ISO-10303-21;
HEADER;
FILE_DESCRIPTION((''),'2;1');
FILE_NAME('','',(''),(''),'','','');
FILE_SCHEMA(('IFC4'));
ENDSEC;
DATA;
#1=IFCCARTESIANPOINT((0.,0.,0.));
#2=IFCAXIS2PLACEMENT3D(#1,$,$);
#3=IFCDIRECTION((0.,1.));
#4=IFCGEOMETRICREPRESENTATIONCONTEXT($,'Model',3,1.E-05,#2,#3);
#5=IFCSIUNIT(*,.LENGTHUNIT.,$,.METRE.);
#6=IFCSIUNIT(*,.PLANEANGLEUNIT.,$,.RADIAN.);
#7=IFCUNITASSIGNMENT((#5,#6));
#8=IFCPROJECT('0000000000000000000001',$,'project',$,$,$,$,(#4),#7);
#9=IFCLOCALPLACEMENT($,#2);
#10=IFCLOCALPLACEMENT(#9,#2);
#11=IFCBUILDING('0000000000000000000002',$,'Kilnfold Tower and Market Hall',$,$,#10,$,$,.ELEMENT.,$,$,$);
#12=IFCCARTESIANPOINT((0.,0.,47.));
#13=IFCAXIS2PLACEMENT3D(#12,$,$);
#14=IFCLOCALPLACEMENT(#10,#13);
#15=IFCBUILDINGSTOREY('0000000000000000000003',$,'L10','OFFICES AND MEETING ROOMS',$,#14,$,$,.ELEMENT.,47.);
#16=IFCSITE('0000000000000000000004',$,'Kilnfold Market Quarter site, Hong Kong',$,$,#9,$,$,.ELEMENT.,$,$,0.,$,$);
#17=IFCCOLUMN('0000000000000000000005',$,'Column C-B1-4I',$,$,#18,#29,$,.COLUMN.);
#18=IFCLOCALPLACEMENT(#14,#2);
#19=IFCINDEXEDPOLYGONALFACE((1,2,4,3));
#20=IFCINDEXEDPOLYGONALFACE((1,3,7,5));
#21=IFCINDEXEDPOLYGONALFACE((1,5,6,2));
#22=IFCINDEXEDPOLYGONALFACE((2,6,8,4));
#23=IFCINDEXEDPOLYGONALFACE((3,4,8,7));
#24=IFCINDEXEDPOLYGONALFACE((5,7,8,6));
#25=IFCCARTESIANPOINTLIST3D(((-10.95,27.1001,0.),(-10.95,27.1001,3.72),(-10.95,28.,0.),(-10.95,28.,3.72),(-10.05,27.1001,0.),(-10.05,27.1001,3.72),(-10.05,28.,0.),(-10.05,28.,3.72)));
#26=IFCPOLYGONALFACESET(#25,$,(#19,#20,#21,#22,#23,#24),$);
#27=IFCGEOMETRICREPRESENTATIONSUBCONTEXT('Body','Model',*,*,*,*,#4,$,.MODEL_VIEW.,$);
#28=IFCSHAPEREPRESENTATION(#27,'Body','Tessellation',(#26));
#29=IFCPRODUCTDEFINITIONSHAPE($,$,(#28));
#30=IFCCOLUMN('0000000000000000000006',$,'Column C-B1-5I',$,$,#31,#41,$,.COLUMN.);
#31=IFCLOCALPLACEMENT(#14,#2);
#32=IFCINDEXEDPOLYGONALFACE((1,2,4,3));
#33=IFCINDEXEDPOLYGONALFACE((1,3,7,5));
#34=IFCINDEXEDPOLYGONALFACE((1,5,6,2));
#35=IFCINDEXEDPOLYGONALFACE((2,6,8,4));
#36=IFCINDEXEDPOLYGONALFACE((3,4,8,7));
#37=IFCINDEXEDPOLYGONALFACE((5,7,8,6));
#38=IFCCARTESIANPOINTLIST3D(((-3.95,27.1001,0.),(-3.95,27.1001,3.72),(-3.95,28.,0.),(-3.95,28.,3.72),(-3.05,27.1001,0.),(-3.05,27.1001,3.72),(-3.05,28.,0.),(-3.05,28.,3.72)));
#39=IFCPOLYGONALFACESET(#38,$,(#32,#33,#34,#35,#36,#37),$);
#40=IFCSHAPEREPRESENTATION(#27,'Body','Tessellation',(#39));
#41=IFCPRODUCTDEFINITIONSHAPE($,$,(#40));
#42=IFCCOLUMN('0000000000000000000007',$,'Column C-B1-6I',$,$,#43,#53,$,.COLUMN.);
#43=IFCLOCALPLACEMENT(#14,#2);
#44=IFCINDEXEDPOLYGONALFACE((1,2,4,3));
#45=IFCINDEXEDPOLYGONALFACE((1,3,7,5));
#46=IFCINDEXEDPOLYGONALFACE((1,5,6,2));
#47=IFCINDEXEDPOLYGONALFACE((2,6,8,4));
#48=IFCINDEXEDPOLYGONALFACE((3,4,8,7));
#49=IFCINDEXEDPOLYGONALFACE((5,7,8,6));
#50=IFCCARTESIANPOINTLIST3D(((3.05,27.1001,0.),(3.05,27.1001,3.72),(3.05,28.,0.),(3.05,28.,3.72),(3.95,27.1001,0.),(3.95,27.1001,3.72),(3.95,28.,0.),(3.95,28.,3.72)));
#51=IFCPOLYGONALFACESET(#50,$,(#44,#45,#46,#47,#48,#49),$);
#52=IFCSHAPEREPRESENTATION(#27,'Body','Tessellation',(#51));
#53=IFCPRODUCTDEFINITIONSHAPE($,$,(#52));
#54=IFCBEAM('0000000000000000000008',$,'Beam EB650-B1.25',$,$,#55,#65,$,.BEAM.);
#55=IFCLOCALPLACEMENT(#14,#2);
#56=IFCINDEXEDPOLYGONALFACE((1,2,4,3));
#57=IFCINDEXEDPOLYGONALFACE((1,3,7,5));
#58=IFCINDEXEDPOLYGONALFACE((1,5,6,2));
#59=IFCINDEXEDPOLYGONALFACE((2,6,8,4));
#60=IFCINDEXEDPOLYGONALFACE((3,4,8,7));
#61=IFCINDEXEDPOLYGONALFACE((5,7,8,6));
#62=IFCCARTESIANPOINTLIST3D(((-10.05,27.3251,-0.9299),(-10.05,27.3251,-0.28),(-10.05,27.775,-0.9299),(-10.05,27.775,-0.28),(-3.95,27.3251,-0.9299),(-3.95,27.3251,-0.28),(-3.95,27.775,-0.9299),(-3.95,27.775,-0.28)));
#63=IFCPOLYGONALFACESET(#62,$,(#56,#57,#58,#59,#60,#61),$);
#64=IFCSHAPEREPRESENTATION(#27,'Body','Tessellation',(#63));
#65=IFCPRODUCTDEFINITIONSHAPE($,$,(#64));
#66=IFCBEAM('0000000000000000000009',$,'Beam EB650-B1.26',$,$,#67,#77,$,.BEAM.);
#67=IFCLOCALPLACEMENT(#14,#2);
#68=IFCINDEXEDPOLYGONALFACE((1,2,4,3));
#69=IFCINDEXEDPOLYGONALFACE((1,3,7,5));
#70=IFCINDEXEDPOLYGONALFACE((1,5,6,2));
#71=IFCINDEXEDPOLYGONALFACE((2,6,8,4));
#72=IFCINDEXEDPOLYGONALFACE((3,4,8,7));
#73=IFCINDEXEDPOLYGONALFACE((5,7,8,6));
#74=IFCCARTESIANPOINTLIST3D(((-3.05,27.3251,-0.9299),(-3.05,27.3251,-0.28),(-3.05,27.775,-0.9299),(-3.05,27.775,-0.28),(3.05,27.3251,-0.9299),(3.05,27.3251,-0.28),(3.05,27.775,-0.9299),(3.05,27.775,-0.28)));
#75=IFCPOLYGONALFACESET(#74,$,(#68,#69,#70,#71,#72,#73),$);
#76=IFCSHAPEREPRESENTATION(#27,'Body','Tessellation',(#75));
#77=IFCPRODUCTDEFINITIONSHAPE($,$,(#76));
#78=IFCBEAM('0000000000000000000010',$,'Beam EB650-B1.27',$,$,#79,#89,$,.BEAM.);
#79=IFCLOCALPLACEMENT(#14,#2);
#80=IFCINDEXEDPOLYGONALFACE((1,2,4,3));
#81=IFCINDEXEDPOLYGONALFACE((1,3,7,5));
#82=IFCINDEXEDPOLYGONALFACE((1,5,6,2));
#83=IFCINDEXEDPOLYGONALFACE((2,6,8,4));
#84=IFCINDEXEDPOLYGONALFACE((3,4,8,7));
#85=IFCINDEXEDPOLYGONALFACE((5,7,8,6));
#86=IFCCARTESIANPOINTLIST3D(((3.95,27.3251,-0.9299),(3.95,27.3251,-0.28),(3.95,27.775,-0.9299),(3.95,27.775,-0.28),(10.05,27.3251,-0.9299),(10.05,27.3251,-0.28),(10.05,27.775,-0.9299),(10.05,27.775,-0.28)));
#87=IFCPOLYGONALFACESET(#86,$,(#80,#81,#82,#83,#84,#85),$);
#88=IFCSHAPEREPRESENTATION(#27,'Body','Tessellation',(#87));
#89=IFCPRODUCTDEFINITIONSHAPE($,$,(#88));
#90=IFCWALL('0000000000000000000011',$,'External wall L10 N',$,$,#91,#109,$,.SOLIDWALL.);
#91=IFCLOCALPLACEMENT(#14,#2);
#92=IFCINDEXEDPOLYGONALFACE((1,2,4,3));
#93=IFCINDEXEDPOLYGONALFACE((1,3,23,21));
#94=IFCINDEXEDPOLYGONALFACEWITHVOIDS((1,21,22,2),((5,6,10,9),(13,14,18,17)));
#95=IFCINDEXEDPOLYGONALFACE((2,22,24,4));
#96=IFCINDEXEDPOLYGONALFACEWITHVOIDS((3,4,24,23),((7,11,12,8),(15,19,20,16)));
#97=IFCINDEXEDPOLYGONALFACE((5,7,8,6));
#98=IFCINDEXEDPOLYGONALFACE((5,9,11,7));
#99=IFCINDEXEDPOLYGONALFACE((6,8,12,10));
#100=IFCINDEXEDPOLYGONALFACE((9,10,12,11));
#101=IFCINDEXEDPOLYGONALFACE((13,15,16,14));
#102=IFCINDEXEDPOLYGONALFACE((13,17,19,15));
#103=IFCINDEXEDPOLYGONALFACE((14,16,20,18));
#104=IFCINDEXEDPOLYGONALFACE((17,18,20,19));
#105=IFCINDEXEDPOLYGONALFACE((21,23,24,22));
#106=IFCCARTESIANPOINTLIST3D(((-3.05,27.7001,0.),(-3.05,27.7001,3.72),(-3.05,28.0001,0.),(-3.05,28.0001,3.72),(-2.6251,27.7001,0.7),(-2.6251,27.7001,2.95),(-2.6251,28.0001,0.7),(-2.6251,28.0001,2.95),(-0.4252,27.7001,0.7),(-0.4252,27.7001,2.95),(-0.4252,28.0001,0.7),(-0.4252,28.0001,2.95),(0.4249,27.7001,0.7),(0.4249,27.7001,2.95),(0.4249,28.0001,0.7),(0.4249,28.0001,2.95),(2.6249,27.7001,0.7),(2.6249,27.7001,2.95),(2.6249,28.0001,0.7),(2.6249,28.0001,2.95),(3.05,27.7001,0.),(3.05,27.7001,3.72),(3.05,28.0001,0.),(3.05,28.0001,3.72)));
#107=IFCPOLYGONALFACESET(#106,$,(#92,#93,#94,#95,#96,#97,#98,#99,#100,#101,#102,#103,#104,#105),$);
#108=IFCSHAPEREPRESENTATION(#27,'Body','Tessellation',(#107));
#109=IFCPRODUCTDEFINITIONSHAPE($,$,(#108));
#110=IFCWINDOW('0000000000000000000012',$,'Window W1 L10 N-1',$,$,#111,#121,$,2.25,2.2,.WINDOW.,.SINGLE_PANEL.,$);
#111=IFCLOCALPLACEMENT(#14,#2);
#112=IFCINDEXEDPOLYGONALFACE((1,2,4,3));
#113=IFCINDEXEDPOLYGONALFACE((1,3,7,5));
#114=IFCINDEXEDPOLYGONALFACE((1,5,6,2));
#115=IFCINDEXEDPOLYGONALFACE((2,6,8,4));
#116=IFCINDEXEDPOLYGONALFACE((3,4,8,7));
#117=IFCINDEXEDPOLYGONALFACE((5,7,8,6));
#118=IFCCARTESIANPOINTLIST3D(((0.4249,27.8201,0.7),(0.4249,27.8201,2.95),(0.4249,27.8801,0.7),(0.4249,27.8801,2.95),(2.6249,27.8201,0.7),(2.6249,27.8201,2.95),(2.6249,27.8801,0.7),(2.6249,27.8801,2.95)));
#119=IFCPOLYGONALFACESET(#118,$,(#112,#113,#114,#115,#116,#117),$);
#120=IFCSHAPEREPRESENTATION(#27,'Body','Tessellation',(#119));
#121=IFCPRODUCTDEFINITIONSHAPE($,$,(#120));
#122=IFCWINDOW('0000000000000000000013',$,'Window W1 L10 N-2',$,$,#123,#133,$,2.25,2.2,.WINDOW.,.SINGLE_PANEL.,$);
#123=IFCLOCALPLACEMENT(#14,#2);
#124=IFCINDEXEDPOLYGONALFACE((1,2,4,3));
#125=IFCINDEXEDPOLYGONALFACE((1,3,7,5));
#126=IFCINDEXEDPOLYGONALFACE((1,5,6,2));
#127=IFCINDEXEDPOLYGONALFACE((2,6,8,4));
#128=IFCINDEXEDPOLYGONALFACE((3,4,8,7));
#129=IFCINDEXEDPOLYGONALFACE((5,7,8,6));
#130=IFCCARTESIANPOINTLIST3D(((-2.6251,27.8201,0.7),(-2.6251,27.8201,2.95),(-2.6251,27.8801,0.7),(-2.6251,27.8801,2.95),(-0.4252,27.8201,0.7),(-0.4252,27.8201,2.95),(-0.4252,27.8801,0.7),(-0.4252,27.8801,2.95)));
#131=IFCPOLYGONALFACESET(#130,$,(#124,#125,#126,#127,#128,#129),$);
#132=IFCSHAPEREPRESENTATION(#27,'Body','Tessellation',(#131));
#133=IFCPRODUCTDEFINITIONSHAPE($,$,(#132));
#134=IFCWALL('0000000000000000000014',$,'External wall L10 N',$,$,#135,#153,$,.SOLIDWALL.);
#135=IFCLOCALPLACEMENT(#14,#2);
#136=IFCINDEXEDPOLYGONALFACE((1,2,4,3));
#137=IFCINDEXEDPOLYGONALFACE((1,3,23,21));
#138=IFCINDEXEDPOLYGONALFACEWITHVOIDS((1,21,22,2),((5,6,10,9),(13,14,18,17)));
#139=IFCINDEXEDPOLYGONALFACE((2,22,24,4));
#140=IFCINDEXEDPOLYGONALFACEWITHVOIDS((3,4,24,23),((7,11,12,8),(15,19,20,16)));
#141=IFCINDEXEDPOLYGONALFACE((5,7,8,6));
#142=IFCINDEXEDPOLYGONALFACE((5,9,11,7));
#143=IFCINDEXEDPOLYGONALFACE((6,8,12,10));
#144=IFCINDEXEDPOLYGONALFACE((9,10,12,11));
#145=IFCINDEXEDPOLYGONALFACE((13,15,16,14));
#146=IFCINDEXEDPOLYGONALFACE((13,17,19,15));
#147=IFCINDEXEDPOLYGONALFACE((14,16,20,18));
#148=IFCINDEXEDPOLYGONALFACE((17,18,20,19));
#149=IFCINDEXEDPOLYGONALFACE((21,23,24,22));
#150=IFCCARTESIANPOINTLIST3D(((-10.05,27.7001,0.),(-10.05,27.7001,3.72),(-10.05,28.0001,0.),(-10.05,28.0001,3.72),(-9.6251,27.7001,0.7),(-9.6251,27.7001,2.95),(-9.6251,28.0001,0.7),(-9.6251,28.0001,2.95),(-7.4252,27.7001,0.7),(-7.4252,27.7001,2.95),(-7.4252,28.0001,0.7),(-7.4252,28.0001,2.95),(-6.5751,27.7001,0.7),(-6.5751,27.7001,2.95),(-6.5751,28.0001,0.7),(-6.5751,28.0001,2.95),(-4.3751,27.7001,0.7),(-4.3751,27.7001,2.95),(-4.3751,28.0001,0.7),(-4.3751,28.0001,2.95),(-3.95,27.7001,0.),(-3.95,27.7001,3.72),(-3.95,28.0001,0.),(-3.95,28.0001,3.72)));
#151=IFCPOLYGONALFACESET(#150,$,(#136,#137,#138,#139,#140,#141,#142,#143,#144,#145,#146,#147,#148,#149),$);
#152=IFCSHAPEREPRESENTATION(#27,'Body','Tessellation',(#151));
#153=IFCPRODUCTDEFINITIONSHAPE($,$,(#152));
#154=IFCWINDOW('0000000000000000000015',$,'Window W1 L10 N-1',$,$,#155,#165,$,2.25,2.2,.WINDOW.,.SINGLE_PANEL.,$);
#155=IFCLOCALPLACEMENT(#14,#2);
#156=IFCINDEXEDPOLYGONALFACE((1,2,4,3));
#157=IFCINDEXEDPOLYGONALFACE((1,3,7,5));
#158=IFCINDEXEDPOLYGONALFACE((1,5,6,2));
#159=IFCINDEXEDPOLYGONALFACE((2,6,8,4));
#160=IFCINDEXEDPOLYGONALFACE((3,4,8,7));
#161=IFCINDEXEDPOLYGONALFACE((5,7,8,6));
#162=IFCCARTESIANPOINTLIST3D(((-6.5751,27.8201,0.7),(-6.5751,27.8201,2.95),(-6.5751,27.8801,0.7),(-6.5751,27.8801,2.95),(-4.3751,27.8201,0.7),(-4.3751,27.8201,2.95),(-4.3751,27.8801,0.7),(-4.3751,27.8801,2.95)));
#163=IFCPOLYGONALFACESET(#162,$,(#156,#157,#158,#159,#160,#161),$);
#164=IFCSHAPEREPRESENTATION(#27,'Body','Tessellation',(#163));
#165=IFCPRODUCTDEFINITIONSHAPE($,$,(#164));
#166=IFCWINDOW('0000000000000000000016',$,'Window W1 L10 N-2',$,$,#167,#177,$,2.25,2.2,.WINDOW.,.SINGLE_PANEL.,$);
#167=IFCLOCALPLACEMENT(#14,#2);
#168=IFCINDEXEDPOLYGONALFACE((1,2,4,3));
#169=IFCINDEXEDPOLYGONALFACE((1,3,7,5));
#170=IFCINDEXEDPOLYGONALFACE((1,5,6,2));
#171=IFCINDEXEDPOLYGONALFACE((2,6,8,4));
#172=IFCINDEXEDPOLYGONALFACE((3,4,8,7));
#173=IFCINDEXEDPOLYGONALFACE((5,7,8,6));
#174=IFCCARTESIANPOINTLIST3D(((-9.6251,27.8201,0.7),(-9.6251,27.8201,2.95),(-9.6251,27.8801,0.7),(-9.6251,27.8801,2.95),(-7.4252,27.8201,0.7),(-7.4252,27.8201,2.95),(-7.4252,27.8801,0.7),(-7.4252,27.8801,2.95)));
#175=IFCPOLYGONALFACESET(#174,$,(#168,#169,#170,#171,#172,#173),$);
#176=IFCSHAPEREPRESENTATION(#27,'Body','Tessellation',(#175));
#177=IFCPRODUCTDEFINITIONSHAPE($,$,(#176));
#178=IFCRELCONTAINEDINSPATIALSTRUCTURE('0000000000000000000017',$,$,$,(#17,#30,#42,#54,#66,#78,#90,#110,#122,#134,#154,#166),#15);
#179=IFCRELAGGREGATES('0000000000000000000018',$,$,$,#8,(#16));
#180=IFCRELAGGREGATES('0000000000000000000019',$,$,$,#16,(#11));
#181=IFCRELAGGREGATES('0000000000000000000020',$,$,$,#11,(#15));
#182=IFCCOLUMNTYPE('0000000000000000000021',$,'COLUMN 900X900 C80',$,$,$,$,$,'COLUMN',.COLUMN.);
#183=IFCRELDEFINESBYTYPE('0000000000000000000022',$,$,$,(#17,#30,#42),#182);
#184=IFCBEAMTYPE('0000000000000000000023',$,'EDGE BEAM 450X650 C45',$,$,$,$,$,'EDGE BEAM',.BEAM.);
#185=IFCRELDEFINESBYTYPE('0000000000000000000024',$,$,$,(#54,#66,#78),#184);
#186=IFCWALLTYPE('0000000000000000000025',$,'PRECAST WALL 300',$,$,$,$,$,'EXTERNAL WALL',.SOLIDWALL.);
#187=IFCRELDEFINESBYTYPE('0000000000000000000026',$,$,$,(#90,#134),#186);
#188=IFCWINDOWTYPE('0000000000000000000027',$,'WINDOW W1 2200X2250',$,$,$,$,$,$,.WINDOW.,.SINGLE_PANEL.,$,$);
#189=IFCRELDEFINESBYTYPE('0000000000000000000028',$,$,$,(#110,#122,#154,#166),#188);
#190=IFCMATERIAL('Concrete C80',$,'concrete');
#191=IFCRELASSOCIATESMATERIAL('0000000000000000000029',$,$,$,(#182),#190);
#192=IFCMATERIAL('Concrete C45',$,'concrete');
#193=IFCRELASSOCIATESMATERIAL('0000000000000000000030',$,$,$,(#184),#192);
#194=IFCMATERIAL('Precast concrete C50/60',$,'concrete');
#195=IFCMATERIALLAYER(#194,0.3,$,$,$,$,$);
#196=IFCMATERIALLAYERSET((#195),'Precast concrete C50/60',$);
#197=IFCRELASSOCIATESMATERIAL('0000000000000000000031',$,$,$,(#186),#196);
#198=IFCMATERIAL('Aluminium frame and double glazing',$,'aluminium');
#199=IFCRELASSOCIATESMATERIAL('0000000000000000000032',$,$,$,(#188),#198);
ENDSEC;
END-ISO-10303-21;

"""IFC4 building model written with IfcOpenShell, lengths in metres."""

from ifc_helpers import new_model, si_unit, direction, frame, frame_2d, origin, origin_2d, place, context, subcontext, project, spatial, rectangle, extrude, source, transform, mapped, material, layer, layer_set, material_profile, profile_set, type_object, element, fill, save


model = new_model("IFC4")

# Units and contexts
model_context = context("Model", 3, precision=1e-05, world=origin(), true_north=direction((0.0, 1.0)))
body_context = subcontext(model_context, "Body", "Model", "MODEL_VIEW")
ifc_project = project(units=[si_unit("LENGTHUNIT", "METRE"), si_unit("PLANEANGLEUNIT", "RADIAN")], contexts=[model_context])

# Site, building, storey
site_placement = place(None, origin())
site = spatial("IfcSite", under=ifc_project, at=site_placement, Name="Kilnfold Market Quarter site, Hong Kong", CompositionType="ELEMENT", RefElevation=0.0)
building_placement = place(site_placement, origin())
building = spatial("IfcBuilding", under=site, at=building_placement, Name="Kilnfold Tower and Market Hall", CompositionType="ELEMENT")
storey_placement = place(building_placement, frame((0.0, 0.0, 47.0)))
storey = spatial("IfcBuildingStorey", under=building, at=storey_placement, Name="L10", Description="OFFICES AND MEETING ROOMS", CompositionType="ELEMENT", Elevation=47.0)

# Columns
ifc_material_1 = material(Name="Concrete C80", Category="concrete")
ifc_material_profile_1 = material_profile(ifc_material_1, rectangle(XDim=0.8999, YDim=0.8999, at=origin_2d()), Name="RC 900x900")
ifc_profile_set_1 = profile_set([ifc_material_profile_1], Name="Concrete C80")
column_type = type_object("IfcColumnType", Name="COLUMN 900X900 C80", ElementType="COLUMN", PredefinedType="COLUMN", material=ifc_profile_set_1)
shared_shape_1 = source(origin(), body_context, "Body", "SweptSolid", [
    extrude(rectangle(XDim=0.8999, YDim=0.8999, at=origin_2d()), origin(), (0.0, 0.0, 1.0), 3.72),
])
for number, where, z_axis, x_axis, name in (
    (1, (-10.5, 27.55, 0.0), (0.0, 0.0, 1.0), (1.0, 0.0, 0.0), "Column C-B1-4I"),
    (2, (-3.5, 27.55, 0.0), (0.0, 0.0, 1.0), (1.0, 0.0, 0.0), "Column C-B1-5I"),
    (3, (3.5, 27.55, 0.0), (0.0, 0.0, 1.0), (1.0, 0.0, 0.0), "Column C-B1-6I"),
):
    element("IfcColumn", number, at=place(storey_placement, frame(where, z_axis=z_axis, x_axis=x_axis)), inside=storey, type_object=column_type, Name=name, PredefinedType="COLUMN", context=body_context, shape_type="MappedRepresentation", body=[
        mapped(shared_shape_1, transform((0.0, 0.0, 0.0))),
    ])

# Beams
ifc_material_2 = material(Name="Concrete C45", Category="concrete")
ifc_material_profile_2 = material_profile(ifc_material_2, rectangle(XDim=0.45, YDim=0.6499, at=origin_2d()), Name="RC 450x650")
ifc_profile_set_2 = profile_set([ifc_material_profile_2], Name="Concrete C45")
beam_type = type_object("IfcBeamType", Name="EDGE BEAM 450X650 C45", ElementType="EDGE BEAM", PredefinedType="BEAM", material=ifc_profile_set_2)
shared_shape_2 = source(origin(), body_context, "Body", "SweptSolid", [
    extrude(rectangle(XDim=0.45, YDim=0.6499, at=origin_2d()), origin(), (0.0, 0.0, 1.0), 6.1001),
])
for number, where, z_axis, x_axis, name in (
    (4, (-10.05, 27.55, -0.605), (1.0, 0.0, 0.0), (0.0, 1.0, 0.0), "Beam EB650-B1.25"),
    (5, (-3.05, 27.55, -0.605), (1.0, 0.0, 0.0), (0.0, 1.0, 0.0), "Beam EB650-B1.26"),
    (6, (3.95, 27.55, -0.605), (1.0, 0.0, 0.0), (0.0, 1.0, 0.0), "Beam EB650-B1.27"),
):
    element("IfcBeam", number, at=place(storey_placement, frame(where, z_axis=z_axis, x_axis=x_axis)), inside=storey, type_object=beam_type, Name=name, PredefinedType="BEAM", context=body_context, shape_type="MappedRepresentation", body=[
        mapped(shared_shape_2, transform((0.0, 0.0, 0.0))),
    ])

# Walls, openings, windows
ifc_material_3 = material(Name="Precast concrete C50/60", Category="concrete")
ifc_layer_1 = layer(ifc_material_3, 0.3)
ifc_layer_set_1 = layer_set([ifc_layer_1], Name="Precast concrete C50/60")
wall_type_1 = type_object("IfcWallType", Name="PRECAST WALL 300", ElementType="EXTERNAL WALL", PredefinedType="SOLIDWALL", material=ifc_layer_set_1)
shared_shape_3 = source(origin(), body_context, "Body", "SweptSolid", [
    extrude(rectangle(XDim=6.1001, YDim=0.3, at=frame_2d((3.05, 0.0))), origin(), (0.0, 0.0, 1.0), 3.72),
])
wall_1_placement = place(storey_placement, frame((3.05, 27.8501, 0.0), z_axis=(0.0, 0.0, 1.0), x_axis=(-1.0, 0.0, 0.0)))
wall_1 = element("IfcWall", 7, at=wall_1_placement, inside=storey, type_object=wall_type_1, Name="External wall L10 N", PredefinedType="SOLIDWALL", context=body_context, shape_type="MappedRepresentation", body=[
    mapped(shared_shape_3, transform((0.0, 0.0, 0.0))),
])
opening_1_placement = place(wall_1_placement, frame((0.425, 0.0, 0.7)))
opening_1 = element("IfcOpeningElement", 8, at=opening_1_placement, cuts=wall_1, PredefinedType="OPENING", context=body_context, shape_type="SweptSolid", body=[
    extrude(rectangle(XDim=2.2, YDim=2.25, at=frame_2d((1.1001, 1.125))), frame((0.0, 0.1602, 0.0), z_axis=(0.0, -1.0, 0.0), x_axis=(1.0, 0.0, 0.0)), (0.0, 0.0, 1.0), 0.3201),
])
opening_2_placement = place(wall_1_placement, frame((3.4751, 0.0, 0.7)))
opening_2 = element("IfcOpeningElement", 9, at=opening_2_placement, cuts=wall_1, PredefinedType="OPENING", context=body_context, shape_type="SweptSolid", body=[
    extrude(rectangle(XDim=2.2, YDim=2.25, at=frame_2d((1.1001, 1.125))), frame((0.0, 0.1602, 0.0), z_axis=(0.0, -1.0, 0.0), x_axis=(1.0, 0.0, 0.0)), (0.0, 0.0, 1.0), 0.3201),
])
ifc_material_4 = material(Name="Aluminium frame and double glazing", Category="aluminium")
window_type = type_object("IfcWindowType", Name="WINDOW W1 2200X2250", PartitioningType="SINGLE_PANEL", PredefinedType="WINDOW", material=ifc_material_4)
window_1_placement = place(opening_1_placement, origin())
window_1 = element("IfcWindow", 10, at=window_1_placement, inside=storey, type_object=window_type, Name="Window W1 L10 N-1", OverallHeight=2.25, OverallWidth=2.2, PartitioningType="SINGLE_PANEL", PredefinedType="WINDOW", context=body_context, shape_type="SweptSolid", body=[
    extrude(rectangle(XDim=2.2, YDim=2.25, at=frame_2d((1.1001, 1.125))), frame((0.0, 0.03, 0.0), z_axis=(0.0, -1.0, 0.0), x_axis=(1.0, 0.0, 0.0)), (0.0, 0.0, 1.0), 0.0601),
])
fill(opening_1, window_1)
window_2_placement = place(opening_2_placement, origin())
window_2 = element("IfcWindow", 11, at=window_2_placement, inside=storey, type_object=window_type, Name="Window W1 L10 N-2", OverallHeight=2.25, OverallWidth=2.2, PartitioningType="SINGLE_PANEL", PredefinedType="WINDOW", context=body_context, shape_type="SweptSolid", body=[
    extrude(rectangle(XDim=2.2, YDim=2.25, at=frame_2d((1.1001, 1.125))), frame((0.0, 0.03, 0.0), z_axis=(0.0, -1.0, 0.0), x_axis=(1.0, 0.0, 0.0)), (0.0, 0.0, 1.0), 0.0601),
])
fill(opening_2, window_2)
wall_2_placement = place(storey_placement, frame((-3.95, 27.8501, 0.0), z_axis=(0.0, 0.0, 1.0), x_axis=(-1.0, 0.0, 0.0)))
wall_2 = element("IfcWall", 12, at=wall_2_placement, inside=storey, type_object=wall_type_1, Name="External wall L10 N", PredefinedType="SOLIDWALL", context=body_context, shape_type="MappedRepresentation", body=[
    mapped(shared_shape_3, transform((0.0, 0.0, 0.0))),
])
opening_3_placement = place(wall_2_placement, frame((0.425, 0.0, 0.7)))
opening_3 = element("IfcOpeningElement", 13, at=opening_3_placement, cuts=wall_2, PredefinedType="OPENING", context=body_context, shape_type="SweptSolid", body=[
    extrude(rectangle(XDim=2.2, YDim=2.25, at=frame_2d((1.1001, 1.125))), frame((0.0, 0.1602, 0.0), z_axis=(0.0, -1.0, 0.0), x_axis=(1.0, 0.0, 0.0)), (0.0, 0.0, 1.0), 0.3201),
])
opening_4_placement = place(wall_2_placement, frame((3.4751, 0.0, 0.7)))
opening_4 = element("IfcOpeningElement", 14, at=opening_4_placement, cuts=wall_2, PredefinedType="OPENING", context=body_context, shape_type="SweptSolid", body=[
    extrude(rectangle(XDim=2.2, YDim=2.25, at=frame_2d((1.1001, 1.125))), frame((0.0, 0.1602, 0.0), z_axis=(0.0, -1.0, 0.0), x_axis=(1.0, 0.0, 0.0)), (0.0, 0.0, 1.0), 0.3201),
])
window_3_placement = place(opening_3_placement, origin())
window_3 = element("IfcWindow", 15, at=window_3_placement, inside=storey, type_object=window_type, Name="Window W1 L10 N-1", OverallHeight=2.25, OverallWidth=2.2, PartitioningType="SINGLE_PANEL", PredefinedType="WINDOW", context=body_context, shape_type="SweptSolid", body=[
    extrude(rectangle(XDim=2.2, YDim=2.25, at=frame_2d((1.1001, 1.125))), frame((0.0, 0.03, 0.0), z_axis=(0.0, -1.0, 0.0), x_axis=(1.0, 0.0, 0.0)), (0.0, 0.0, 1.0), 0.0601),
])
fill(opening_3, window_3)
window_4_placement = place(opening_4_placement, origin())
window_4 = element("IfcWindow", 16, at=window_4_placement, inside=storey, type_object=window_type, Name="Window W1 L10 N-2", OverallHeight=2.25, OverallWidth=2.2, PartitioningType="SINGLE_PANEL", PredefinedType="WINDOW", context=body_context, shape_type="SweptSolid", body=[
    extrude(rectangle(XDim=2.2, YDim=2.25, at=frame_2d((1.1001, 1.125))), frame((0.0, 0.03, 0.0), z_axis=(0.0, -1.0, 0.0), x_axis=(1.0, 0.0, 0.0)), (0.0, 0.0, 1.0), 0.0601),
])
fill(opening_4, window_4)

save(model, "model.ifc")
